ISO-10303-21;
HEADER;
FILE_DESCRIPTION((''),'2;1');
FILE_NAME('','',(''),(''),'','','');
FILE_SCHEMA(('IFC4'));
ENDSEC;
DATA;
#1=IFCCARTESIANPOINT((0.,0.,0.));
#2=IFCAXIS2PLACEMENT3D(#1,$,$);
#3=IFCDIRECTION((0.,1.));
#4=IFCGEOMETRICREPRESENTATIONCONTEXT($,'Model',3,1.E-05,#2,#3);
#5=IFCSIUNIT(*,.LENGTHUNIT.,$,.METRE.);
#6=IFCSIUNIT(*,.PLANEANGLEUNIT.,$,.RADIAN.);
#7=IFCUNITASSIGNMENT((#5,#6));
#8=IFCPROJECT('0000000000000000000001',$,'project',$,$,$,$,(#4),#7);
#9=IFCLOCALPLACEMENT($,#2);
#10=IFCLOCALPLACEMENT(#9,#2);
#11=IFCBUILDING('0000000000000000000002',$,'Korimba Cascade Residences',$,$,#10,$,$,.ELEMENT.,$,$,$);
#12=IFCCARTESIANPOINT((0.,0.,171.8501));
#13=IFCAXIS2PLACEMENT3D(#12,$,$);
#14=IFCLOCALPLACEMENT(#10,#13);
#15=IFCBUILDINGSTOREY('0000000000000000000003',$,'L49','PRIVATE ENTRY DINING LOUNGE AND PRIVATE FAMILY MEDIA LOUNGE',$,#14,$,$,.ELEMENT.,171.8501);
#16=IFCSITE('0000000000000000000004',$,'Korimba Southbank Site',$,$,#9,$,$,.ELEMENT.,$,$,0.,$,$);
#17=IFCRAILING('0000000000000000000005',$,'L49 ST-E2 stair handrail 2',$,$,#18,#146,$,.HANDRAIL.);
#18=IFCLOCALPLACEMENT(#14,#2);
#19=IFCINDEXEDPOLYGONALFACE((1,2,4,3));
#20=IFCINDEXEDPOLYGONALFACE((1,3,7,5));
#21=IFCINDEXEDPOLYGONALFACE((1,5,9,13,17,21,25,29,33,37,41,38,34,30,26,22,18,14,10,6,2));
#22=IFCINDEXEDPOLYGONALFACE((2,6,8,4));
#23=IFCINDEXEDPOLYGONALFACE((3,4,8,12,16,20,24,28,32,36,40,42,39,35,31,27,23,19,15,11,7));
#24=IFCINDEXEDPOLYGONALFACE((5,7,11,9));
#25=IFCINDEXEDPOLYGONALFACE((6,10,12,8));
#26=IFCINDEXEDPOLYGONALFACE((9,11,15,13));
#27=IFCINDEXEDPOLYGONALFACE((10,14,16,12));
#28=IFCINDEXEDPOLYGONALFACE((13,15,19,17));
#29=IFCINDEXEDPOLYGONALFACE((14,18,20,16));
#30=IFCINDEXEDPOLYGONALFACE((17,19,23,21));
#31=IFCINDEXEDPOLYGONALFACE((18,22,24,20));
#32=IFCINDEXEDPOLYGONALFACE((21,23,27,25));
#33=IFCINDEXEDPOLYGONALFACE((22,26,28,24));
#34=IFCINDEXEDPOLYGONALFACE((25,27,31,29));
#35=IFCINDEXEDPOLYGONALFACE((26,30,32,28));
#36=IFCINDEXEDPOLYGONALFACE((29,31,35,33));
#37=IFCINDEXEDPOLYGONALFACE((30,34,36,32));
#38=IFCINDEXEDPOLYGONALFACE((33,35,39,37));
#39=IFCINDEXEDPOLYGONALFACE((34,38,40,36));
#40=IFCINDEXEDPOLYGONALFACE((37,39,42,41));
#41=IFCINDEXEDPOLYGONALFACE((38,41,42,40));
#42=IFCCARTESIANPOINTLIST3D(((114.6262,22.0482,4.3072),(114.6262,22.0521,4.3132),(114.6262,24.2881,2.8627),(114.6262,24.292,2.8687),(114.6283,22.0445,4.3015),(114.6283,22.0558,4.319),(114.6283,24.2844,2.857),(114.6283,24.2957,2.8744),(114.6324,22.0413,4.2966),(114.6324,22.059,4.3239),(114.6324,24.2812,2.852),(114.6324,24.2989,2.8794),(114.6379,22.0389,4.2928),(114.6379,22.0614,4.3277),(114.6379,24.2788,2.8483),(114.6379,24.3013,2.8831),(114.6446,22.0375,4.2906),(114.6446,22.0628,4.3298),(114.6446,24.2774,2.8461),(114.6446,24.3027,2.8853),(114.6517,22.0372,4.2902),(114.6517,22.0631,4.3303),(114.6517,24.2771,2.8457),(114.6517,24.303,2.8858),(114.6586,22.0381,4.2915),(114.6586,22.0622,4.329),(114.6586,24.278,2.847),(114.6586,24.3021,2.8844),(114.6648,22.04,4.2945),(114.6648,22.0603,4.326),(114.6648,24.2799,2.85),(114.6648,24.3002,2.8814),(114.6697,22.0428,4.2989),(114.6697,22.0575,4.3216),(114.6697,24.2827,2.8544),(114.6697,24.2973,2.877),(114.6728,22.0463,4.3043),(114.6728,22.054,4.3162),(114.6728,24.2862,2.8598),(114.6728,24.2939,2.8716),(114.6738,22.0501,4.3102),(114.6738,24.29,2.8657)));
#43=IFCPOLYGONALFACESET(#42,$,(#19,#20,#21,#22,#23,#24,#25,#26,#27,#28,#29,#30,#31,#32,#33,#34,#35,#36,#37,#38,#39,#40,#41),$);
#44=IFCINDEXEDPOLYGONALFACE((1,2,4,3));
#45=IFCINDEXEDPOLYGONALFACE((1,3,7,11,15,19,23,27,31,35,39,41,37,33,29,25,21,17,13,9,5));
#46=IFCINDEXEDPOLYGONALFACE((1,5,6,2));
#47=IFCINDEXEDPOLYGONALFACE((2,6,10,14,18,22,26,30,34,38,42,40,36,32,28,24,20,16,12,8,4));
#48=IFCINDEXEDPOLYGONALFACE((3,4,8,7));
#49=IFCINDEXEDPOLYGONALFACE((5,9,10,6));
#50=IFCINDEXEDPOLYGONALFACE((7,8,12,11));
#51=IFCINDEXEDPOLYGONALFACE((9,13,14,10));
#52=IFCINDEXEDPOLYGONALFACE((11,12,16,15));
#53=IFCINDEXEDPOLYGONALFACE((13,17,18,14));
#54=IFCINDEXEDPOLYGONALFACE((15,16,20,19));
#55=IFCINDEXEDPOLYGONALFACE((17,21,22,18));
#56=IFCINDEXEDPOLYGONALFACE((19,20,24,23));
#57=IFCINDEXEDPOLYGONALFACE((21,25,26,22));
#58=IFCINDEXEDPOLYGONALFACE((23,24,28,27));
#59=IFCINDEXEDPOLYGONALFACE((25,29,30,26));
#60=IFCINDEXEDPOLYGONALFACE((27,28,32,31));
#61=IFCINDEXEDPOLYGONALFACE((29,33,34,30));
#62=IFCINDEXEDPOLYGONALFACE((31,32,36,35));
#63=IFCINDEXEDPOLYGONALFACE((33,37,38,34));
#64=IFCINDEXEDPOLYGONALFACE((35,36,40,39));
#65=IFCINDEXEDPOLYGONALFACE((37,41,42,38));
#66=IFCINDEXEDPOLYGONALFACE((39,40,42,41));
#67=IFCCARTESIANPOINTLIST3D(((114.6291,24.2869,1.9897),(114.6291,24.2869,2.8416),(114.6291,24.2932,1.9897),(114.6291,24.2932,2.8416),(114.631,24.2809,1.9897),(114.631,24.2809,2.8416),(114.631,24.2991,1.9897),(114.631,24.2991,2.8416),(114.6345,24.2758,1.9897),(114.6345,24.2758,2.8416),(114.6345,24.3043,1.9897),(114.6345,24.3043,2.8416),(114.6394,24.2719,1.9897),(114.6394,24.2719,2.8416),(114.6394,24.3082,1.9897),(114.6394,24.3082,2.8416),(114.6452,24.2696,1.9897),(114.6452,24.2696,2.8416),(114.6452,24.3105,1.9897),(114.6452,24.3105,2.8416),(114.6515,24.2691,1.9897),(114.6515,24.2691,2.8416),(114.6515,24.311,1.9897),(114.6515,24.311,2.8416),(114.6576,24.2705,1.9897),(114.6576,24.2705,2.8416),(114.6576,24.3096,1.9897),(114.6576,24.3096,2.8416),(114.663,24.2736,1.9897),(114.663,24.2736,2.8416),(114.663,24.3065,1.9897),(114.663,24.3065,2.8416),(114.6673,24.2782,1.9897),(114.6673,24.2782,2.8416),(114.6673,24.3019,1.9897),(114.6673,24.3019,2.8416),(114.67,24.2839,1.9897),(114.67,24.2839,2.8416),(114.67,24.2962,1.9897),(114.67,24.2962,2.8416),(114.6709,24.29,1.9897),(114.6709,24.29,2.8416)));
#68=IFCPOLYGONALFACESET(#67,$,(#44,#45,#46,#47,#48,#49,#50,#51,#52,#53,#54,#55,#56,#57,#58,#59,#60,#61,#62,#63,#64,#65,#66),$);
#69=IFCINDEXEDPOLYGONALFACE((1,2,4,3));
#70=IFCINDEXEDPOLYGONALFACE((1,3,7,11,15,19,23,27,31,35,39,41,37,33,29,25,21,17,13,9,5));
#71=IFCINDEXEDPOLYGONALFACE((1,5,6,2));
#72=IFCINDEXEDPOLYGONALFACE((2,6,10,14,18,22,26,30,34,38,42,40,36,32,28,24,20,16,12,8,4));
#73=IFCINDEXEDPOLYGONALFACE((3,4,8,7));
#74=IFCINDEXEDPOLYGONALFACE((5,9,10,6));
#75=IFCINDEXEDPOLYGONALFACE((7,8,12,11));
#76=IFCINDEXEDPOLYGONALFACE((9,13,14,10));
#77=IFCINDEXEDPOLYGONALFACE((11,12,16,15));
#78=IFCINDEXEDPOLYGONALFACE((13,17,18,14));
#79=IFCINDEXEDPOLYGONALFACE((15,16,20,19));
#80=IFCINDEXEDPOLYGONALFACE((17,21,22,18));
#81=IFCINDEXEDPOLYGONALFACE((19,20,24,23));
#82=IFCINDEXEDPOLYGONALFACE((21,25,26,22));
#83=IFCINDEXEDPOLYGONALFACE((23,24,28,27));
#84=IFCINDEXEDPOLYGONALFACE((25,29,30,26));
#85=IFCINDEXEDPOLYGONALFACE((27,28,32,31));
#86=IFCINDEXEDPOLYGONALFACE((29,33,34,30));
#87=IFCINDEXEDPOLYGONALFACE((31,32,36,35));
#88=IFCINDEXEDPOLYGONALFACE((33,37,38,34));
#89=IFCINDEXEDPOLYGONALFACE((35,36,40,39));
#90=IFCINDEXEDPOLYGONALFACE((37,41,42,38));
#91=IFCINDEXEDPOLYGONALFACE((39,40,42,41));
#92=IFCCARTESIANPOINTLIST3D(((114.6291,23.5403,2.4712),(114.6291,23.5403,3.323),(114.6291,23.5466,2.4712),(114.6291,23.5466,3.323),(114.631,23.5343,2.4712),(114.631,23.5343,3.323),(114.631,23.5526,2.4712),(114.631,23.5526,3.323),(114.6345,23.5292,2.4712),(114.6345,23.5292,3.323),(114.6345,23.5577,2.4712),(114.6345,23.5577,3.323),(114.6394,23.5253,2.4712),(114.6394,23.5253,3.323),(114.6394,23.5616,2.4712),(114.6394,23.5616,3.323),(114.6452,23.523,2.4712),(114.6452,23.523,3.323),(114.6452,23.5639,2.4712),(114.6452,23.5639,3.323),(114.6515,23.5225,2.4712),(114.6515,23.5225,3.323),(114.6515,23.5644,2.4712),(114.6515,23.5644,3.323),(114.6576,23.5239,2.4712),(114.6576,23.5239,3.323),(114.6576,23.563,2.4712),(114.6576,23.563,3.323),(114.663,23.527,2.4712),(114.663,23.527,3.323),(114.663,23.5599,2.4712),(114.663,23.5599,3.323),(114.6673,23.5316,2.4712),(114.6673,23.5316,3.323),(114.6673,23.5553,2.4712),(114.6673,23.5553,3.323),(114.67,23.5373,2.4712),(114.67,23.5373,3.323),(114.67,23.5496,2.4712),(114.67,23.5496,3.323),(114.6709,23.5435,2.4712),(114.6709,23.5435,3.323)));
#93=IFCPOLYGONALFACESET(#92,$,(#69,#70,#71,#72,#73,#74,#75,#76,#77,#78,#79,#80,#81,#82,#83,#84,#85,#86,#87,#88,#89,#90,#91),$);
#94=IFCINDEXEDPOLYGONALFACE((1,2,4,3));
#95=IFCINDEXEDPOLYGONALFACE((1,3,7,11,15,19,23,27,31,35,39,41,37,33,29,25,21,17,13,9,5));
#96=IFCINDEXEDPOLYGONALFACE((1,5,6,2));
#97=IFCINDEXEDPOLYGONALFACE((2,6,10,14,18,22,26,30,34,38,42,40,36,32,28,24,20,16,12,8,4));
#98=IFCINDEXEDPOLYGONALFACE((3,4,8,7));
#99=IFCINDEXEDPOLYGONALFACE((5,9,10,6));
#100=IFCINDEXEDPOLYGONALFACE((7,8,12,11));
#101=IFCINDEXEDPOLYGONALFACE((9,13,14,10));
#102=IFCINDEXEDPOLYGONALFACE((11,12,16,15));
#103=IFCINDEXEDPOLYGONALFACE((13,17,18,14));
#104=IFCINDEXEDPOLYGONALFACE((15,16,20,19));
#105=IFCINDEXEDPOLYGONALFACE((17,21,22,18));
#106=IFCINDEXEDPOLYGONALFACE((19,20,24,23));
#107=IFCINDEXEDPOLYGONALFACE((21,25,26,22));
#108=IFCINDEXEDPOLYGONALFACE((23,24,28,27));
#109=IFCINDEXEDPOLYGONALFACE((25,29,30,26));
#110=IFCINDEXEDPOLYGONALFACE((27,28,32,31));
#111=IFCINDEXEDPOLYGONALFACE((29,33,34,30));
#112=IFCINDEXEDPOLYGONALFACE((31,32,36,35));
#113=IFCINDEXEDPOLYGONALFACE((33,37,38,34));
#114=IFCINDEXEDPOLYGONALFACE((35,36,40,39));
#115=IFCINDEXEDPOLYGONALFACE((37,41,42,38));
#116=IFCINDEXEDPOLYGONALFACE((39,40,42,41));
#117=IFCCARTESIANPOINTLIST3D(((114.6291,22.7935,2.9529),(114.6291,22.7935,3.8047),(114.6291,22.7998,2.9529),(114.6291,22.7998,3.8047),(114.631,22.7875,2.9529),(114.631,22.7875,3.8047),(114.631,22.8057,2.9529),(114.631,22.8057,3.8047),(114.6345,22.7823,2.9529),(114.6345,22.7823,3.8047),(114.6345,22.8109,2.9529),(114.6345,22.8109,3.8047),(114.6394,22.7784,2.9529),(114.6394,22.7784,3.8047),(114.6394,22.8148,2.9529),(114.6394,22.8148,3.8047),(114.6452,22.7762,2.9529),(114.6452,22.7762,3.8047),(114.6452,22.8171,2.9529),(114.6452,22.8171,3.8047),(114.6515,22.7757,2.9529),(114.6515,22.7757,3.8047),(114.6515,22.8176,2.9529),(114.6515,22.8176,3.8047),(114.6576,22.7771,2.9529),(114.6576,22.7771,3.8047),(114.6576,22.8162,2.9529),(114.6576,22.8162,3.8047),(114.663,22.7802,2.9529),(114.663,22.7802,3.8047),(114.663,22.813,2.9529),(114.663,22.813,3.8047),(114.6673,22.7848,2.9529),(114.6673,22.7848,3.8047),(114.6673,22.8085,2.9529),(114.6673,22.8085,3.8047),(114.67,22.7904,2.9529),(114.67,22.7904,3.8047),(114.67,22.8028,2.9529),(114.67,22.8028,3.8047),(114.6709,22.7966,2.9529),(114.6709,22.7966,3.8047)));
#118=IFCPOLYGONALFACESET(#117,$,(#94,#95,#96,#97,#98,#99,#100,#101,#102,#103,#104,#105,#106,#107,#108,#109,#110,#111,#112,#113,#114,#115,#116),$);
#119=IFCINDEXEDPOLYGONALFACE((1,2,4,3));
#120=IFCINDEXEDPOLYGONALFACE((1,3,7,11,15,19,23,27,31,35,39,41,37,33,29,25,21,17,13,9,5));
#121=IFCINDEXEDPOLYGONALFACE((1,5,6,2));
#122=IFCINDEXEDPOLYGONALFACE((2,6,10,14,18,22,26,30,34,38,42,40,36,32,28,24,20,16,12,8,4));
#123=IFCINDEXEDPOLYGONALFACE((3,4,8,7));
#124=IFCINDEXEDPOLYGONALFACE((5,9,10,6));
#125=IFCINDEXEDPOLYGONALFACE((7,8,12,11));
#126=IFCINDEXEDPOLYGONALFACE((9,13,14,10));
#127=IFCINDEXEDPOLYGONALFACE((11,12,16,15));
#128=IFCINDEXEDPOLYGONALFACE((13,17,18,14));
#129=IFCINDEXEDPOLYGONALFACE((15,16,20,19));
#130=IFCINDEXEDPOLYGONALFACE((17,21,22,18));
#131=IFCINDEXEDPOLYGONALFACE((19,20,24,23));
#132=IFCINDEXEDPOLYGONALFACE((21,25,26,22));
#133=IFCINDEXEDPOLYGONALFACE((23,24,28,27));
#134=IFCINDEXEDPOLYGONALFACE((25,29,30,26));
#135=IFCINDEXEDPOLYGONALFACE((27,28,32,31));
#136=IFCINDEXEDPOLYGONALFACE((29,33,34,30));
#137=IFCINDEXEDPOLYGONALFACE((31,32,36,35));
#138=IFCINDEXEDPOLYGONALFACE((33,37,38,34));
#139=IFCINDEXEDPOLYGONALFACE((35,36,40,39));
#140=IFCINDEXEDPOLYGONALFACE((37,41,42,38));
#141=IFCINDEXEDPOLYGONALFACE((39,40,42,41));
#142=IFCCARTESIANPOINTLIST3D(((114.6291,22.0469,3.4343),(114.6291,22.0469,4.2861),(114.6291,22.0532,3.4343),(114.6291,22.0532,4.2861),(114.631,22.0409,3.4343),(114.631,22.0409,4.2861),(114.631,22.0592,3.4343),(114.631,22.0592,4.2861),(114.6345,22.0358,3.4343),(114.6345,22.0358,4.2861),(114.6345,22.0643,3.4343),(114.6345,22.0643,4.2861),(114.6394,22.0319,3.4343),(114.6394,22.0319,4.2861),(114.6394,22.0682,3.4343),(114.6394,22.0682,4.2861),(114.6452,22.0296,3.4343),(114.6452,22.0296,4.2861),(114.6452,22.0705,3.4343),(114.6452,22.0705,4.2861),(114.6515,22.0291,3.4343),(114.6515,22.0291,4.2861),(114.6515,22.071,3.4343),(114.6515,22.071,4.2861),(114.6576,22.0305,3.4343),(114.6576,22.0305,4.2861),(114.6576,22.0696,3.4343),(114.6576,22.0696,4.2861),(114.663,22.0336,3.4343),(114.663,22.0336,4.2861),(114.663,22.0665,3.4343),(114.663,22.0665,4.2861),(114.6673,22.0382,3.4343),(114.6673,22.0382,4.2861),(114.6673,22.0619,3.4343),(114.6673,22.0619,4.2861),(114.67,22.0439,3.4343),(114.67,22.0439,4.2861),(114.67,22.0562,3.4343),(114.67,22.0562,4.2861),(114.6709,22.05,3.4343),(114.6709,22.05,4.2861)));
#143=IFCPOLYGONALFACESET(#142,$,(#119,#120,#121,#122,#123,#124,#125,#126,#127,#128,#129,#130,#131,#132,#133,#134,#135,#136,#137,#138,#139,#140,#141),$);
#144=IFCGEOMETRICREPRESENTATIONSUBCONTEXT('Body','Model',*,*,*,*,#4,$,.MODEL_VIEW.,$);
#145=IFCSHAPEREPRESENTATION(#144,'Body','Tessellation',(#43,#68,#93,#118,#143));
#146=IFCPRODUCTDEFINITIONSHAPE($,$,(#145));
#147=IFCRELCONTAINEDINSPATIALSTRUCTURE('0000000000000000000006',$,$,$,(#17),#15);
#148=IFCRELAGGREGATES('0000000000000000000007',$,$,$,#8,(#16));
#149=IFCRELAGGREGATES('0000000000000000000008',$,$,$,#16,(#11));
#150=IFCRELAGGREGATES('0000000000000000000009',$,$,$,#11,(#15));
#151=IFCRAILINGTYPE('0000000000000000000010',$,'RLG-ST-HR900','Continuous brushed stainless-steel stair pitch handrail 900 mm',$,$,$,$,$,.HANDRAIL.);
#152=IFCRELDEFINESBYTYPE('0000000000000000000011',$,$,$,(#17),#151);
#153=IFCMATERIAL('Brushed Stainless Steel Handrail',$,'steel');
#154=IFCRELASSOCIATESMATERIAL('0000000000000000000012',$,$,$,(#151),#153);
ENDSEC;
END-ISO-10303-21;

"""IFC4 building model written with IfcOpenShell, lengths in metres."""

from ifc_helpers import new_model, si_unit, direction, frame, origin, origin_2d, place, context, subcontext, project, spatial, circle, extrude, material, type_object, element, save


model = new_model("IFC4")

# Units and contexts
model_context = context("Model", 3, precision=1e-05, world=origin(), true_north=direction((0.0, 1.0)))
body_context = subcontext(model_context, "Body", "Model", "MODEL_VIEW")
ifc_project = project(units=[si_unit("LENGTHUNIT", "METRE"), si_unit("PLANEANGLEUNIT", "RADIAN")], contexts=[model_context])

# Site, building, storey
site_placement = place(None, origin())
site = spatial("IfcSite", under=ifc_project, at=site_placement, Name="Korimba Southbank Site", CompositionType="ELEMENT", RefElevation=0.0)
building_placement = place(site_placement, origin())
building = spatial("IfcBuilding", under=site, at=building_placement, Name="Korimba Cascade Residences", CompositionType="ELEMENT")
storey_placement = place(building_placement, frame((0.0, 0.0, 171.8501)))
storey = spatial("IfcBuildingStorey", under=building, at=storey_placement, Name="L49", Description="PRIVATE ENTRY DINING LOUNGE AND PRIVATE FAMILY MEDIA LOUNGE", CompositionType="ELEMENT", Elevation=171.8501)

# Railing
ifc_material_1 = material(Name="Brushed Stainless Steel Handrail", Category="steel")
railing_type_1 = type_object("IfcRailingType", Name="RLG-ST-HR900", Description="Continuous brushed stainless-steel stair pitch handrail 900 mm", PredefinedType="HANDRAIL", material=ifc_material_1)
railing_1_placement = place(storey_placement, frame((114.6499, 24.29, 1.9897)))
element("IfcRailing", 1, at=railing_1_placement, inside=storey, type_object=railing_type_1, Name="L49 ST-E2 stair handrail 2", PredefinedType="HANDRAIL", context=body_context, shape_type="SweptSolid", body=[
    extrude(circle(Radius=0.0239, at=origin_2d()), frame((0.0, 0.0, 0.876), z_axis=(0.0, -0.840395, 0.541975), x_axis=(1.0, 0.0, 0.0)), (0.0, 0.0, 1.0), 2.6653),
    extrude(circle(Radius=0.021, at=origin_2d()), origin(), (0.0, 0.0, 1.0), 0.8518),
    extrude(circle(Radius=0.021, at=origin_2d()), frame((0.0, -0.7466, 0.4814)), (0.0, 0.0, 1.0), 0.8518),
    extrude(circle(Radius=0.021, at=origin_2d()), frame((0.0, -1.4934, 0.9631)), (0.0, 0.0, 1.0), 0.8518),
    extrude(circle(Radius=0.021, at=origin_2d()), frame((0.0, -2.24, 1.4446)), (0.0, 0.0, 1.0), 0.8518),
])

save(model, "model.ifc")
